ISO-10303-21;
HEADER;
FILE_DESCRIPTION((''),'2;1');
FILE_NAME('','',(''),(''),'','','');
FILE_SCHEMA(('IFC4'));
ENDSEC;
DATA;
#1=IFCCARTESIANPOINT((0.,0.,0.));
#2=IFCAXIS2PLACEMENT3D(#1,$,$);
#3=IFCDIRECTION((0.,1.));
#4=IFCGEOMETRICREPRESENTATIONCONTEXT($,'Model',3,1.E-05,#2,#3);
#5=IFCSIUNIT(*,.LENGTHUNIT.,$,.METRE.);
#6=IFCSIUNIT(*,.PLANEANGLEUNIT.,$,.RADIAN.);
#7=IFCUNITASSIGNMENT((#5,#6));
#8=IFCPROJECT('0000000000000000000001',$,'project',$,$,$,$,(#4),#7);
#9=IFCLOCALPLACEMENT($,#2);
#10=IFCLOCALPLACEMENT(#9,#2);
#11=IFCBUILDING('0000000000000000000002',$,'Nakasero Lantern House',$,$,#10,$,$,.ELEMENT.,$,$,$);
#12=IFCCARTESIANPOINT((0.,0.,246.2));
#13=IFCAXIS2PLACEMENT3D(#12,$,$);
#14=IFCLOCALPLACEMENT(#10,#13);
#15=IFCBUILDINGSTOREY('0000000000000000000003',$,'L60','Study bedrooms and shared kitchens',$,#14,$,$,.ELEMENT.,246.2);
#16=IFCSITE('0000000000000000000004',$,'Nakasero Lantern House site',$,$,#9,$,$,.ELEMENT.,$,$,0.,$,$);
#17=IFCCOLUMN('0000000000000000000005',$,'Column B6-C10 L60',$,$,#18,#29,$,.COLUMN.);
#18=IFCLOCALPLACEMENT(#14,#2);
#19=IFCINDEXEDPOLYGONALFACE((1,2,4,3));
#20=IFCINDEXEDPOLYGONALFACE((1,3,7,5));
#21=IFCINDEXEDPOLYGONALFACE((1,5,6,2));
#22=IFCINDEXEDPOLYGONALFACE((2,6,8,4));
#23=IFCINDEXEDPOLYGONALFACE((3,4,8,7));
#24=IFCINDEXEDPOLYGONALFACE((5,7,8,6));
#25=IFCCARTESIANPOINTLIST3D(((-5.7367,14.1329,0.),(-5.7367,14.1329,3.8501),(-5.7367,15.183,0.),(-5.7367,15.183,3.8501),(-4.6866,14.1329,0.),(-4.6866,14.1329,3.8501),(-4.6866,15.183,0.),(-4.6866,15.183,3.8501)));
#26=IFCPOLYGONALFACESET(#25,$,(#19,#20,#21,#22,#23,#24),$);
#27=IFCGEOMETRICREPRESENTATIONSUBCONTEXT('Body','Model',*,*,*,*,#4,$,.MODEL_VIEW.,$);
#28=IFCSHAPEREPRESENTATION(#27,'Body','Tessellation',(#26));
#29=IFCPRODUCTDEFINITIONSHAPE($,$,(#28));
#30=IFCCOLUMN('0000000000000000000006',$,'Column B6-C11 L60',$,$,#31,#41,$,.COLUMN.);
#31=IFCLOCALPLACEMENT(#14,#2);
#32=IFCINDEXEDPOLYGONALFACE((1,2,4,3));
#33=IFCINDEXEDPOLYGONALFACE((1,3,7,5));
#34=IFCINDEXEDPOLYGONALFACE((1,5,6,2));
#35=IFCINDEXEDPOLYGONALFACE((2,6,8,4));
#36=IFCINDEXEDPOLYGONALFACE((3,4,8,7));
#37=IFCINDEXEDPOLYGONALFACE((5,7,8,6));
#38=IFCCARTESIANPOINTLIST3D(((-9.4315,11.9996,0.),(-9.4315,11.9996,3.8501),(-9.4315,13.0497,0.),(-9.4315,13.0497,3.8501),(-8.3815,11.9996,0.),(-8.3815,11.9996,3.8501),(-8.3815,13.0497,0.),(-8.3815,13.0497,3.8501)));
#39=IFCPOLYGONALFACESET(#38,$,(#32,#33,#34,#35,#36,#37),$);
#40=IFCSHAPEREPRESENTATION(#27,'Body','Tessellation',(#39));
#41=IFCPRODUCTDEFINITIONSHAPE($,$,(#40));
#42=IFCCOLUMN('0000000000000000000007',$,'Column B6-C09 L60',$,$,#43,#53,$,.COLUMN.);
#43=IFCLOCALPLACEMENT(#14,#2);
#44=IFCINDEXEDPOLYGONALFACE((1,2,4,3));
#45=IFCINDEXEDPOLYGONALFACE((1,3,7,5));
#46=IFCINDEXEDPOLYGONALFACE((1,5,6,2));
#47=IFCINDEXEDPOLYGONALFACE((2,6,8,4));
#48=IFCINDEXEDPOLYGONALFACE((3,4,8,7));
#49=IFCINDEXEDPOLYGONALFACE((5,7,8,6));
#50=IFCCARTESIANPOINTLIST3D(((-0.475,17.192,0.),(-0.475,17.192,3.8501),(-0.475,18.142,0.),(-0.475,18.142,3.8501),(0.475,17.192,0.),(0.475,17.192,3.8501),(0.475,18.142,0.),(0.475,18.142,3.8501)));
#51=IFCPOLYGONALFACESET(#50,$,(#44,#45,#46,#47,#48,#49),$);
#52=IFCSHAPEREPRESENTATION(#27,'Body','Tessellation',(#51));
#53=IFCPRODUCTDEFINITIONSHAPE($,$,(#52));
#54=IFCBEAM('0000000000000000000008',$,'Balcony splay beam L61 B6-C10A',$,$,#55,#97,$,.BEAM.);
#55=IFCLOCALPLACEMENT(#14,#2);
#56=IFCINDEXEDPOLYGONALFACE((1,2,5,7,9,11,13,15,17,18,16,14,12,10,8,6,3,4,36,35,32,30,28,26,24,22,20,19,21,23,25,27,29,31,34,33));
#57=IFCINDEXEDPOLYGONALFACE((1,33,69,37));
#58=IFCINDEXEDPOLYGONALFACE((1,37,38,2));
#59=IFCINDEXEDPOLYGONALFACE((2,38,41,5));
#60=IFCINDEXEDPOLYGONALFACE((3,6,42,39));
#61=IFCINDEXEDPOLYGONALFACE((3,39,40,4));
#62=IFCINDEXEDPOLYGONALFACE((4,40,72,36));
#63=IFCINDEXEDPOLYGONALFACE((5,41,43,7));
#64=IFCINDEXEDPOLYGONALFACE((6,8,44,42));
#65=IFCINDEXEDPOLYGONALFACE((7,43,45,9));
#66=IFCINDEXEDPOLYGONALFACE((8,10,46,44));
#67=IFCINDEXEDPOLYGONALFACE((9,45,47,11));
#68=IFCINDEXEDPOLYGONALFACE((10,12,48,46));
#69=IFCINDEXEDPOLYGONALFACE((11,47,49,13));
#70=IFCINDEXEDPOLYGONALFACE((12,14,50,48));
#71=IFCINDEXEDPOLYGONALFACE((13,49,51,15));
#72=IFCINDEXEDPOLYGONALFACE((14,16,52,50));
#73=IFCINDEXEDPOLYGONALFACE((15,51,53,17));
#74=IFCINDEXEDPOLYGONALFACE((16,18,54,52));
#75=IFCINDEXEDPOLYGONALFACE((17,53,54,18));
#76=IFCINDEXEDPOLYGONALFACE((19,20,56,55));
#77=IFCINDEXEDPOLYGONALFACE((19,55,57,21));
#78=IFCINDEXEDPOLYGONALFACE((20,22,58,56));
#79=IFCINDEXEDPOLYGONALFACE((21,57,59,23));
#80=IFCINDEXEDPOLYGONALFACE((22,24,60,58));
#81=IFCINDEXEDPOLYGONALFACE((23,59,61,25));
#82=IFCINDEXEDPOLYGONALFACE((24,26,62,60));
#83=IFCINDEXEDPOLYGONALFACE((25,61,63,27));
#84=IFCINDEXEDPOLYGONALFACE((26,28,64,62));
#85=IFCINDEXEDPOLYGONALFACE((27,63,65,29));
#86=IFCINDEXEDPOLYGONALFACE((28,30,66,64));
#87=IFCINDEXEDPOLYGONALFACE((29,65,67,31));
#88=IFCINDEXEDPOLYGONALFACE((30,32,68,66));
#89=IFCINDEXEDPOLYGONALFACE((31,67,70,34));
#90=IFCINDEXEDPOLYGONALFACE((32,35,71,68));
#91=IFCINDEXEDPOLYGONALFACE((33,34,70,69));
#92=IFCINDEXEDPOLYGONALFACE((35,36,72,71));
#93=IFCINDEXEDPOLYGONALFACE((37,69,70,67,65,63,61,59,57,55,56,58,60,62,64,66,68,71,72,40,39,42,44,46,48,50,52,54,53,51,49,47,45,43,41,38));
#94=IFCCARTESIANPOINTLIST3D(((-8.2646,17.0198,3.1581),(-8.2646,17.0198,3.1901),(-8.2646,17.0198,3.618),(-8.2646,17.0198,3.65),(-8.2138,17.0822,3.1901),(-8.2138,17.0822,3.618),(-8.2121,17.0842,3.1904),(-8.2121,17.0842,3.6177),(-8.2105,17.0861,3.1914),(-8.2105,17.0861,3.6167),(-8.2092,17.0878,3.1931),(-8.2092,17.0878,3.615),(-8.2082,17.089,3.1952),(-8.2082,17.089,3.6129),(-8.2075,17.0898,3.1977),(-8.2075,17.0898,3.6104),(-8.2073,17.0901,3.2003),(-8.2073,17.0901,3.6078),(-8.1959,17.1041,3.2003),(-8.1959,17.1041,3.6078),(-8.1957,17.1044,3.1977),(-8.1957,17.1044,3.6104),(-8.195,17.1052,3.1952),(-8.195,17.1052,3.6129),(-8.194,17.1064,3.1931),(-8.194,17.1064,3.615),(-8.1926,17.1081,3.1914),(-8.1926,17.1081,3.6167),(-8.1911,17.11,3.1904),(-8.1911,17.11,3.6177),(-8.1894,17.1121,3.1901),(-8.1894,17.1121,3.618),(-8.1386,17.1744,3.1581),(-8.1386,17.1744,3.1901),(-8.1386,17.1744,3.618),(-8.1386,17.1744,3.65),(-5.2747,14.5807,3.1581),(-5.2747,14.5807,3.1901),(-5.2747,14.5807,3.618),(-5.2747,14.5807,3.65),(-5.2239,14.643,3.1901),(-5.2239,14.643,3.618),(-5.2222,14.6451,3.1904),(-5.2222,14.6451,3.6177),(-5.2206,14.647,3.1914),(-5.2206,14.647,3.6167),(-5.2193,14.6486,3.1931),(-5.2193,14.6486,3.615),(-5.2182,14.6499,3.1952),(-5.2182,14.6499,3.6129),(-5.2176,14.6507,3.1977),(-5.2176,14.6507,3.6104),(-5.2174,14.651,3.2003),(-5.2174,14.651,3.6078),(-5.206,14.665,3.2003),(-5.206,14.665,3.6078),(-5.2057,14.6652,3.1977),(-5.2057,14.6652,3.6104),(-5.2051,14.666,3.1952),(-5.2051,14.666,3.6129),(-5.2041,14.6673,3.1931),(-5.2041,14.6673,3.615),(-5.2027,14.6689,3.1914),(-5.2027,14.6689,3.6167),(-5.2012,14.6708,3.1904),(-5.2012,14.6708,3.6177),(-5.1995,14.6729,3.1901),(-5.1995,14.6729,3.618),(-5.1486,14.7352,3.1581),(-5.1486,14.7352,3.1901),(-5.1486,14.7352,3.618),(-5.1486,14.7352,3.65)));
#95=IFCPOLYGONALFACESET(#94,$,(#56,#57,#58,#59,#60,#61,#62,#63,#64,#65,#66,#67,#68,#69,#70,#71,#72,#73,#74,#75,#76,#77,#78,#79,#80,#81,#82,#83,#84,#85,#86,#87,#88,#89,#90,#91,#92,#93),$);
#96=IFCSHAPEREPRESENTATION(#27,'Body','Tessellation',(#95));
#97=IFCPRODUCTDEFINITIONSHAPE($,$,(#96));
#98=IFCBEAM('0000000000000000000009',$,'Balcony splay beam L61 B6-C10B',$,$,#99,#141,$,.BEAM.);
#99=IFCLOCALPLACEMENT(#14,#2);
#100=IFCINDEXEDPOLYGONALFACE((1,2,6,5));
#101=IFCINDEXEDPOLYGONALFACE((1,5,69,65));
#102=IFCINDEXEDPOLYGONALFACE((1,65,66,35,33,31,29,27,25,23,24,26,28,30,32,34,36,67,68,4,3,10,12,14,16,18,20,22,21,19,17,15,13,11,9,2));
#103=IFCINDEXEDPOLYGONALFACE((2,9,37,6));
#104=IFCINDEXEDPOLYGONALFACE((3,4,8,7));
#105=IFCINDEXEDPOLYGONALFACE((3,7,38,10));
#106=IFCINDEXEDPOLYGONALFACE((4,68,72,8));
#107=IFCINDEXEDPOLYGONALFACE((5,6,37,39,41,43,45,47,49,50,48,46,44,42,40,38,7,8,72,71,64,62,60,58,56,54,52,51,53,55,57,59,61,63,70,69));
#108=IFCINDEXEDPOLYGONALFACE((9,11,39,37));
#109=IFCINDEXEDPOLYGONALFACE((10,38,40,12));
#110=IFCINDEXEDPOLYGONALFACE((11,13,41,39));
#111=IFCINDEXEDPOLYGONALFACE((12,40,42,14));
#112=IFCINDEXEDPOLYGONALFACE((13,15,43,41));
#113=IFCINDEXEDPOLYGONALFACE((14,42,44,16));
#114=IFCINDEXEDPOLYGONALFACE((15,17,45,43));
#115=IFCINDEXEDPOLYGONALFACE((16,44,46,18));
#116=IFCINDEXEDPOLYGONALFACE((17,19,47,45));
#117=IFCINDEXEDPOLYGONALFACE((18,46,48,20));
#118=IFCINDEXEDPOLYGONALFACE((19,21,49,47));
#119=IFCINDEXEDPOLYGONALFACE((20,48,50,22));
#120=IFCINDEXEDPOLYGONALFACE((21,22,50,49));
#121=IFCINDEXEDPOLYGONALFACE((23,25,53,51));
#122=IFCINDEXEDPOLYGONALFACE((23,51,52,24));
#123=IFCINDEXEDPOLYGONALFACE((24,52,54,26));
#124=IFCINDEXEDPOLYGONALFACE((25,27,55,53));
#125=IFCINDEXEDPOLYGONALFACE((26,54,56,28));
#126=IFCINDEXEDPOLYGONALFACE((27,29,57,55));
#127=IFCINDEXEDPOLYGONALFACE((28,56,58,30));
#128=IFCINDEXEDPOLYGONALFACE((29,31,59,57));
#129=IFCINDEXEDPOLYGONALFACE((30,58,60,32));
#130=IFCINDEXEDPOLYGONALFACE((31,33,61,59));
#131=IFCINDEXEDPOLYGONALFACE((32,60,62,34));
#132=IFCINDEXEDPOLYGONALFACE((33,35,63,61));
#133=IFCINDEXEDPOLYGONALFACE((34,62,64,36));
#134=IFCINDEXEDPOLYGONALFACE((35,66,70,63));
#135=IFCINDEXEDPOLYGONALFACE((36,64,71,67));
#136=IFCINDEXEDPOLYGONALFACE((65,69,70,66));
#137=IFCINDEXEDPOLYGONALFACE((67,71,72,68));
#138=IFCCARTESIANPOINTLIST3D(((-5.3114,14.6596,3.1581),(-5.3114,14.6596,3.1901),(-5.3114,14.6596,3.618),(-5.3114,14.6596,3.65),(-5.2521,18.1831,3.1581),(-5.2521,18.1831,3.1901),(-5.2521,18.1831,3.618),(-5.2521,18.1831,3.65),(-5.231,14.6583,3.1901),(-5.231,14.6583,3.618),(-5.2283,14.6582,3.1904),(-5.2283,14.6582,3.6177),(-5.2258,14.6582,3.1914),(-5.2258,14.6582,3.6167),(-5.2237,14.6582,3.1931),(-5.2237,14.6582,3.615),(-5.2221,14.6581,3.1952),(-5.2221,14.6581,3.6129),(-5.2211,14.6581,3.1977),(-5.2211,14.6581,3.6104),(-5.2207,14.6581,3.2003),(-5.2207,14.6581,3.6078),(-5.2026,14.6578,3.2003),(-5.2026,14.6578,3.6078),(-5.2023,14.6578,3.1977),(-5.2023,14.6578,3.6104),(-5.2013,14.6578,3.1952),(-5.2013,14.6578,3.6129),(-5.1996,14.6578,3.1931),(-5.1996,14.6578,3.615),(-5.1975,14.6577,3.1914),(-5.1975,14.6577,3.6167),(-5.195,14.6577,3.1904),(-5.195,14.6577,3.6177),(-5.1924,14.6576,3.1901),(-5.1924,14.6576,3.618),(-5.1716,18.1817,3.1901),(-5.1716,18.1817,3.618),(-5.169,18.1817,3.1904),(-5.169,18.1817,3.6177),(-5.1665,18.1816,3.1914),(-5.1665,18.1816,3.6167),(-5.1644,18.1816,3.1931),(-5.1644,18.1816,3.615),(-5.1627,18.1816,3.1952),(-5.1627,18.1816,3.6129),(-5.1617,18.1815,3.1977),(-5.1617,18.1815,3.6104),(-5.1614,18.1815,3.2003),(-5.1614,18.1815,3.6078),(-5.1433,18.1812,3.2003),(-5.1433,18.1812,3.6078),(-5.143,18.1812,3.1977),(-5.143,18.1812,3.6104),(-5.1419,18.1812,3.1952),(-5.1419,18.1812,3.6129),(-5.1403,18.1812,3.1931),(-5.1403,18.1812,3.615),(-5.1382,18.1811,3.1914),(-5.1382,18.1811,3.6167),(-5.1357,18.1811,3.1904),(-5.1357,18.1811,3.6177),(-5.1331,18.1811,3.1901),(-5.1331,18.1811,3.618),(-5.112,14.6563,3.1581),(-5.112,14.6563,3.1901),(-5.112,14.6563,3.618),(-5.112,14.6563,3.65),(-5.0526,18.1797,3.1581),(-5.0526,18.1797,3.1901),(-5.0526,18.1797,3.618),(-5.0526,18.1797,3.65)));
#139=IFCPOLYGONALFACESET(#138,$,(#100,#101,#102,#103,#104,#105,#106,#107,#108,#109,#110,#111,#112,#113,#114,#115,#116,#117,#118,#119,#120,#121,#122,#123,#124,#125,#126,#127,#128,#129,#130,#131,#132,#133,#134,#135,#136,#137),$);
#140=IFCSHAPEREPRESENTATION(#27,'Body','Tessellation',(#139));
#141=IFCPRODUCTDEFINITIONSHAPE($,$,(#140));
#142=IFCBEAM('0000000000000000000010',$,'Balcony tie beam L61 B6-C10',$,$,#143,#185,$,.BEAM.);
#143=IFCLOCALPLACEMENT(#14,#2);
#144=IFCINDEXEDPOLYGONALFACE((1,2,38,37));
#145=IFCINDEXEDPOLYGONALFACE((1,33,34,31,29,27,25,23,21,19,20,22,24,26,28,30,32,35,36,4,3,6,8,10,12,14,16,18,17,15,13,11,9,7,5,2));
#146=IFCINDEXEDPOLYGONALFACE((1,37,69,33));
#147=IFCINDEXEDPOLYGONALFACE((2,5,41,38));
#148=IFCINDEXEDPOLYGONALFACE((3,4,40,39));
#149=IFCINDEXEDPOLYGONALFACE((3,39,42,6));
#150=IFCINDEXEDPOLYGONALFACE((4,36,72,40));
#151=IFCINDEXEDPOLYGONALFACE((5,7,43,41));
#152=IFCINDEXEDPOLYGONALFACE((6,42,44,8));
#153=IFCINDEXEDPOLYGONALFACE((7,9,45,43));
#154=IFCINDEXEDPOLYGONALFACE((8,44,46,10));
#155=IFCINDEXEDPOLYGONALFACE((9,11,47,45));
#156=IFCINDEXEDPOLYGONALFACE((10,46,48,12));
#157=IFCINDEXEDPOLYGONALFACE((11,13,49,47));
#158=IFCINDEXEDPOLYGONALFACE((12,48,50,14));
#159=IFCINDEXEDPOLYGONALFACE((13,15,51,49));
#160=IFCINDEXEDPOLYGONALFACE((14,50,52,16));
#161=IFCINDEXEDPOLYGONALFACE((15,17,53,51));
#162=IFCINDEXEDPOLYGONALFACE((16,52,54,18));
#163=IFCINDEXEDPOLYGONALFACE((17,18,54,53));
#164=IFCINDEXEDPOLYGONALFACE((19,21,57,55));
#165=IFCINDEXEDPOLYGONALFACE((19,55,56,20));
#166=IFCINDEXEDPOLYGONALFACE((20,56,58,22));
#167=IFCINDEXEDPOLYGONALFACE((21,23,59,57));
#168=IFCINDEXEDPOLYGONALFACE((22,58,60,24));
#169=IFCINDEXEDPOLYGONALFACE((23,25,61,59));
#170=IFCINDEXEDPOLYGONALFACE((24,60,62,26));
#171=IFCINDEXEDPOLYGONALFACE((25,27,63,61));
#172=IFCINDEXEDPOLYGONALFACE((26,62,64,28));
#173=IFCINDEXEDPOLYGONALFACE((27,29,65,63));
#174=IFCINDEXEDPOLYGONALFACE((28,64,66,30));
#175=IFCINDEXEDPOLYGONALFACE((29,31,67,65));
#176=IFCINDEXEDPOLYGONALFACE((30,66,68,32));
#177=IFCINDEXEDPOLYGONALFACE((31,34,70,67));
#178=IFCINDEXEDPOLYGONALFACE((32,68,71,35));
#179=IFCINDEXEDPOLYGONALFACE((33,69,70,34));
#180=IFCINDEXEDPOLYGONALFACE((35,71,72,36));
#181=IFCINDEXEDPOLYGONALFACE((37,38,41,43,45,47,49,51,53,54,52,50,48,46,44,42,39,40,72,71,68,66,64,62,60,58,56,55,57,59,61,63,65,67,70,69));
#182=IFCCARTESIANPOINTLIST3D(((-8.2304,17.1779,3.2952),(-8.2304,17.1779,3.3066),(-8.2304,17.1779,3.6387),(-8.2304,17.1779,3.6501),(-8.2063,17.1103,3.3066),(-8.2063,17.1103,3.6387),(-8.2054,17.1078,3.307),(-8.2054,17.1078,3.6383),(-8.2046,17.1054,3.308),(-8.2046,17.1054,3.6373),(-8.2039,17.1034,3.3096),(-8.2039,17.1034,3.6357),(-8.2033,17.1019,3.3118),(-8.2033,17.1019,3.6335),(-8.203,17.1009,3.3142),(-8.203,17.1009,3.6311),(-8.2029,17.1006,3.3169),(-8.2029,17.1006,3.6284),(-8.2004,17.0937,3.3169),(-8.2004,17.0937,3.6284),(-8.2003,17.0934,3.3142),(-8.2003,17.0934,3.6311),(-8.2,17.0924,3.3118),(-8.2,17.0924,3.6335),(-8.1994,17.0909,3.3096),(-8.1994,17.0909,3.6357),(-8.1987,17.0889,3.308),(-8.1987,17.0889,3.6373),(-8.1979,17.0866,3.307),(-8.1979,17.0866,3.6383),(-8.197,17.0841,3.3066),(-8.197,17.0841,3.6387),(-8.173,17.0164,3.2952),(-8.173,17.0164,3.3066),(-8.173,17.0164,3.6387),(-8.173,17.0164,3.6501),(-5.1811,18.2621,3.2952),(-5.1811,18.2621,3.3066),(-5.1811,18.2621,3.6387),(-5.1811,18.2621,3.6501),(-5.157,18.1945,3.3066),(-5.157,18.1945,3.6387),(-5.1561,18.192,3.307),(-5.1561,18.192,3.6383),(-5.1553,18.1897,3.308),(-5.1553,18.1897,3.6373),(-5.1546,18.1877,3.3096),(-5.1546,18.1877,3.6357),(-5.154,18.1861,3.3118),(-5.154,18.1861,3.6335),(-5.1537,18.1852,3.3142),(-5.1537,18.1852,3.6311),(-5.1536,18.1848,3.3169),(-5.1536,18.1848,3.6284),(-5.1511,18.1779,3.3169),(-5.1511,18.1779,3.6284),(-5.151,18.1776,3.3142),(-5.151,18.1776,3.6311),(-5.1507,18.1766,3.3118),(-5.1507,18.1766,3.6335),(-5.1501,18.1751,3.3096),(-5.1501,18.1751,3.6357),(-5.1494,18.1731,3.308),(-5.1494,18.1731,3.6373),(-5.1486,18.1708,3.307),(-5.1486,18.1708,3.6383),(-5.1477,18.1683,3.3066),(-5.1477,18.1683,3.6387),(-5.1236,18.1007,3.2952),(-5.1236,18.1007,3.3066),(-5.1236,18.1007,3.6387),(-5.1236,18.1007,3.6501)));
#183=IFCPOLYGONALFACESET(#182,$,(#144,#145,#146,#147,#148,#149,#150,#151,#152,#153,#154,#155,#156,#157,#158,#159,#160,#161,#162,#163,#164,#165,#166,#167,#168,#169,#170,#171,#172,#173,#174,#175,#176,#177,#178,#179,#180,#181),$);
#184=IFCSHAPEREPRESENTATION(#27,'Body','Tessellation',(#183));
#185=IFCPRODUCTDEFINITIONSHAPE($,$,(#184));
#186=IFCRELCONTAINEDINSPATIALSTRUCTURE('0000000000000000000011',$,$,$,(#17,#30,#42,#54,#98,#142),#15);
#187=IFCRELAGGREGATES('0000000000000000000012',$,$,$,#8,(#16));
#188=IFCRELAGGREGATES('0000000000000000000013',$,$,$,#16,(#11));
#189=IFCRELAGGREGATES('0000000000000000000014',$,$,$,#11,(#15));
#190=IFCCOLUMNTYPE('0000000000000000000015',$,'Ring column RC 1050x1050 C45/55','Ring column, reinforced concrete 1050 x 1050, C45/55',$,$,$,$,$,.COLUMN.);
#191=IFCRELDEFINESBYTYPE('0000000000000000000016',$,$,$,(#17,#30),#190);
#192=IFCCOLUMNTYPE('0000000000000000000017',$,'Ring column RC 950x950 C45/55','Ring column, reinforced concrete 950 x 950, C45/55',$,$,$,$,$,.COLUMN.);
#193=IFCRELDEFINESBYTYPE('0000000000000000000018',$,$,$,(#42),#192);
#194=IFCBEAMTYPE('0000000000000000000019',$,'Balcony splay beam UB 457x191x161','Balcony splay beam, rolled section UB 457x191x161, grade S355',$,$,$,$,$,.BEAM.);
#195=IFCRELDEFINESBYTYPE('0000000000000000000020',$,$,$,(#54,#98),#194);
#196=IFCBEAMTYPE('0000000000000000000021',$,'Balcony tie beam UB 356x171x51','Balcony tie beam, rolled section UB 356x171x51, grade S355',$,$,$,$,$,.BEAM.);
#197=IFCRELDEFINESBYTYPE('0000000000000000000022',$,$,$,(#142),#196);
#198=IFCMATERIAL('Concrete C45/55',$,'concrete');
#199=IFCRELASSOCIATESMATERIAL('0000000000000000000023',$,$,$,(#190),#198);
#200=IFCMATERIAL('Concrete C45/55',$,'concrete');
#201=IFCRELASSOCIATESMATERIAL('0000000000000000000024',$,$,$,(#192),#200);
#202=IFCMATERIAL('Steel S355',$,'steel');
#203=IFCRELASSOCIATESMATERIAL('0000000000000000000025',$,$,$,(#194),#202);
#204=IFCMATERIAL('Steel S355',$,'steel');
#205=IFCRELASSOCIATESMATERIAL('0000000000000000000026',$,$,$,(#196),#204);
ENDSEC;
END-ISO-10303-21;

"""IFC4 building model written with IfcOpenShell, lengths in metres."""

from ifc_helpers import new_model, si_unit, direction, frame, origin, origin_2d, place, context, subcontext, project, spatial, rectangle, i_section, extrude, material, material_profile, profile_set, type_object, element, save


model = new_model("IFC4")

# Units and contexts
model_context = context("Model", 3, precision=1e-05, world=origin(), true_north=direction((0.0, 1.0)))
body_context = subcontext(model_context, "Body", "Model", "MODEL_VIEW")
ifc_project = project(units=[si_unit("LENGTHUNIT", "METRE"), si_unit("PLANEANGLEUNIT", "RADIAN")], contexts=[model_context])

# Site, building, storey
site_placement = place(None, origin())
site = spatial("IfcSite", under=ifc_project, at=site_placement, Name="Nakasero Lantern House site", CompositionType="ELEMENT", RefElevation=0.0)
building_placement = place(site_placement, origin())
building = spatial("IfcBuilding", under=site, at=building_placement, Name="Nakasero Lantern House", CompositionType="ELEMENT")
storey_placement = place(building_placement, frame((0.0, 0.0, 246.2)))
storey = spatial("IfcBuildingStorey", under=building, at=storey_placement, Name="L60", Description="Study bedrooms and shared kitchens", CompositionType="ELEMENT", Elevation=246.2)

# Columns
ifc_material_1 = material(Name="Concrete C45/55", Category="concrete")
ifc_material_profile_1 = material_profile(ifc_material_1, rectangle(XDim=1.05, YDim=1.05, at=origin_2d()), Name="RC 1050x1050")
ifc_profile_set_1 = profile_set([ifc_material_profile_1], Name="Concrete C45/55")
column_type_1 = type_object("IfcColumnType", Name="Ring column RC 1050x1050 C45/55", Description="Ring column, reinforced concrete 1050 x 1050, C45/55", PredefinedType="COLUMN", material=ifc_profile_set_1)
for number, where, z_axis, x_axis, name in (
    (1, (-5.2117, 14.658, 0.0), (0.0, 0.0, 1.0), (1.0, 0.0, 0.0), "Column B6-C10 L60"),
    (2, (-8.9065, 12.5247, 0.0), (0.0, 0.0, 1.0), (1.0, 0.0, 0.0), "Column B6-C11 L60"),
):
    element("IfcColumn", number, at=place(storey_placement, frame(where, z_axis=z_axis, x_axis=x_axis)), inside=storey, type_object=column_type_1, Name=name, PredefinedType="COLUMN", context=body_context, shape_type="SweptSolid", body=[
        extrude(rectangle(XDim=1.05, YDim=1.05, at=origin_2d()), origin(), (0.0, 0.0, 1.0), 3.8501),
    ])
ifc_material_2 = material(Name="Concrete C45/55", Category="concrete")
ifc_material_profile_2 = material_profile(ifc_material_2, rectangle(XDim=0.95, YDim=0.95, at=origin_2d()), Name="RC 950x950")
ifc_profile_set_2 = profile_set([ifc_material_profile_2], Name="Concrete C45/55")
column_type_2 = type_object("IfcColumnType", Name="Ring column RC 950x950 C45/55", Description="Ring column, reinforced concrete 950 x 950, C45/55", PredefinedType="COLUMN", material=ifc_profile_set_2)
column_placement = place(storey_placement, frame((0.0, 17.667, 0.0), z_axis=(0.0, 0.0, 1.0), x_axis=(1.0, 0.0, 0.0)))
element("IfcColumn", 3, at=column_placement, inside=storey, type_object=column_type_2, Name="Column B6-C09 L60", PredefinedType="COLUMN", context=body_context, shape_type="SweptSolid", body=[
    extrude(rectangle(XDim=0.95, YDim=0.95, at=origin_2d()), origin(), (0.0, 0.0, 1.0), 3.8501),
])

# Beams
ifc_material_3 = material(Name="Steel S355", Category="steel")
ifc_material_profile_3 = material_profile(ifc_material_3, i_section(OverallWidth=0.1995, OverallDepth=0.4919, WebThickness=0.0181, FlangeThickness=0.032, FilletRadius=0.0103, at=origin_2d()), Name="UB 457x191x161")
ifc_profile_set_3 = profile_set([ifc_material_profile_3], Name="Steel S355")
beam_type_1 = type_object("IfcBeamType", Name="Balcony splay beam UB 457x191x161", Description="Balcony splay beam, rolled section UB 457x191x161, grade S355", PredefinedType="BEAM", material=ifc_profile_set_3)
beam_1_placement = place(storey_placement, frame((-5.2117, 14.658, 3.4041), z_axis=(-0.774864, 0.632128, 0.0), x_axis=(-0.632128, -0.774864, 0.0)))
element("IfcBeam", 4, at=beam_1_placement, inside=storey, type_object=beam_type_1, Name="Balcony splay beam L61 B6-C10A", PredefinedType="BEAM", context=body_context, shape_type="SweptSolid", body=[
    extrude(i_section(OverallWidth=0.1995, OverallDepth=0.4919, WebThickness=0.0181, FlangeThickness=0.032, FilletRadius=0.0103, at=origin_2d()), origin(), (0.0, 0.0, 1.0), 3.8586),
])
beam_2_placement = place(storey_placement, frame((-5.2117, 14.658, 3.4041), z_axis=(0.016835, 0.999858, 0.0), x_axis=(-0.999858, 0.016835, 0.0)))
element("IfcBeam", 5, at=beam_2_placement, inside=storey, type_object=beam_type_1, Name="Balcony splay beam L61 B6-C10B", PredefinedType="BEAM", context=body_context, shape_type="SweptSolid", body=[
    extrude(i_section(OverallWidth=0.1995, OverallDepth=0.4919, WebThickness=0.0181, FlangeThickness=0.032, FilletRadius=0.0103, at=origin_2d()), origin(), (0.0, 0.0, 1.0), 3.5239),
])
ifc_material_4 = material(Name="Steel S355", Category="steel")
ifc_material_profile_4 = material_profile(ifc_material_4, i_section(OverallWidth=0.1714, OverallDepth=0.355, WebThickness=0.0073, FlangeThickness=0.0115, FilletRadius=0.0103, at=origin_2d()), Name="UB 356x171x51")
ifc_profile_set_4 = profile_set([ifc_material_profile_4], Name="Steel S355")
beam_type_2 = type_object("IfcBeamType", Name="Balcony tie beam UB 356x171x51", Description="Balcony tie beam, rolled section UB 356x171x51, grade S355", PredefinedType="BEAM", material=ifc_profile_set_4)
beam_3_placement = place(storey_placement, frame((-8.2017, 17.0972, 3.4727), z_axis=(0.942212, 0.335017, 0.0), x_axis=(-0.335017, 0.942212, 0.0)))
element("IfcBeam", 6, at=beam_3_placement, inside=storey, type_object=beam_type_2, Name="Balcony tie beam L61 B6-C10", PredefinedType="BEAM", context=body_context, shape_type="SweptSolid", body=[
    extrude(i_section(OverallWidth=0.1714, OverallDepth=0.355, WebThickness=0.0073, FlangeThickness=0.0115, FilletRadius=0.0103, at=origin_2d()), origin(), (0.0, 0.0, 1.0), 3.2363),
])

save(model, "model.ifc")
